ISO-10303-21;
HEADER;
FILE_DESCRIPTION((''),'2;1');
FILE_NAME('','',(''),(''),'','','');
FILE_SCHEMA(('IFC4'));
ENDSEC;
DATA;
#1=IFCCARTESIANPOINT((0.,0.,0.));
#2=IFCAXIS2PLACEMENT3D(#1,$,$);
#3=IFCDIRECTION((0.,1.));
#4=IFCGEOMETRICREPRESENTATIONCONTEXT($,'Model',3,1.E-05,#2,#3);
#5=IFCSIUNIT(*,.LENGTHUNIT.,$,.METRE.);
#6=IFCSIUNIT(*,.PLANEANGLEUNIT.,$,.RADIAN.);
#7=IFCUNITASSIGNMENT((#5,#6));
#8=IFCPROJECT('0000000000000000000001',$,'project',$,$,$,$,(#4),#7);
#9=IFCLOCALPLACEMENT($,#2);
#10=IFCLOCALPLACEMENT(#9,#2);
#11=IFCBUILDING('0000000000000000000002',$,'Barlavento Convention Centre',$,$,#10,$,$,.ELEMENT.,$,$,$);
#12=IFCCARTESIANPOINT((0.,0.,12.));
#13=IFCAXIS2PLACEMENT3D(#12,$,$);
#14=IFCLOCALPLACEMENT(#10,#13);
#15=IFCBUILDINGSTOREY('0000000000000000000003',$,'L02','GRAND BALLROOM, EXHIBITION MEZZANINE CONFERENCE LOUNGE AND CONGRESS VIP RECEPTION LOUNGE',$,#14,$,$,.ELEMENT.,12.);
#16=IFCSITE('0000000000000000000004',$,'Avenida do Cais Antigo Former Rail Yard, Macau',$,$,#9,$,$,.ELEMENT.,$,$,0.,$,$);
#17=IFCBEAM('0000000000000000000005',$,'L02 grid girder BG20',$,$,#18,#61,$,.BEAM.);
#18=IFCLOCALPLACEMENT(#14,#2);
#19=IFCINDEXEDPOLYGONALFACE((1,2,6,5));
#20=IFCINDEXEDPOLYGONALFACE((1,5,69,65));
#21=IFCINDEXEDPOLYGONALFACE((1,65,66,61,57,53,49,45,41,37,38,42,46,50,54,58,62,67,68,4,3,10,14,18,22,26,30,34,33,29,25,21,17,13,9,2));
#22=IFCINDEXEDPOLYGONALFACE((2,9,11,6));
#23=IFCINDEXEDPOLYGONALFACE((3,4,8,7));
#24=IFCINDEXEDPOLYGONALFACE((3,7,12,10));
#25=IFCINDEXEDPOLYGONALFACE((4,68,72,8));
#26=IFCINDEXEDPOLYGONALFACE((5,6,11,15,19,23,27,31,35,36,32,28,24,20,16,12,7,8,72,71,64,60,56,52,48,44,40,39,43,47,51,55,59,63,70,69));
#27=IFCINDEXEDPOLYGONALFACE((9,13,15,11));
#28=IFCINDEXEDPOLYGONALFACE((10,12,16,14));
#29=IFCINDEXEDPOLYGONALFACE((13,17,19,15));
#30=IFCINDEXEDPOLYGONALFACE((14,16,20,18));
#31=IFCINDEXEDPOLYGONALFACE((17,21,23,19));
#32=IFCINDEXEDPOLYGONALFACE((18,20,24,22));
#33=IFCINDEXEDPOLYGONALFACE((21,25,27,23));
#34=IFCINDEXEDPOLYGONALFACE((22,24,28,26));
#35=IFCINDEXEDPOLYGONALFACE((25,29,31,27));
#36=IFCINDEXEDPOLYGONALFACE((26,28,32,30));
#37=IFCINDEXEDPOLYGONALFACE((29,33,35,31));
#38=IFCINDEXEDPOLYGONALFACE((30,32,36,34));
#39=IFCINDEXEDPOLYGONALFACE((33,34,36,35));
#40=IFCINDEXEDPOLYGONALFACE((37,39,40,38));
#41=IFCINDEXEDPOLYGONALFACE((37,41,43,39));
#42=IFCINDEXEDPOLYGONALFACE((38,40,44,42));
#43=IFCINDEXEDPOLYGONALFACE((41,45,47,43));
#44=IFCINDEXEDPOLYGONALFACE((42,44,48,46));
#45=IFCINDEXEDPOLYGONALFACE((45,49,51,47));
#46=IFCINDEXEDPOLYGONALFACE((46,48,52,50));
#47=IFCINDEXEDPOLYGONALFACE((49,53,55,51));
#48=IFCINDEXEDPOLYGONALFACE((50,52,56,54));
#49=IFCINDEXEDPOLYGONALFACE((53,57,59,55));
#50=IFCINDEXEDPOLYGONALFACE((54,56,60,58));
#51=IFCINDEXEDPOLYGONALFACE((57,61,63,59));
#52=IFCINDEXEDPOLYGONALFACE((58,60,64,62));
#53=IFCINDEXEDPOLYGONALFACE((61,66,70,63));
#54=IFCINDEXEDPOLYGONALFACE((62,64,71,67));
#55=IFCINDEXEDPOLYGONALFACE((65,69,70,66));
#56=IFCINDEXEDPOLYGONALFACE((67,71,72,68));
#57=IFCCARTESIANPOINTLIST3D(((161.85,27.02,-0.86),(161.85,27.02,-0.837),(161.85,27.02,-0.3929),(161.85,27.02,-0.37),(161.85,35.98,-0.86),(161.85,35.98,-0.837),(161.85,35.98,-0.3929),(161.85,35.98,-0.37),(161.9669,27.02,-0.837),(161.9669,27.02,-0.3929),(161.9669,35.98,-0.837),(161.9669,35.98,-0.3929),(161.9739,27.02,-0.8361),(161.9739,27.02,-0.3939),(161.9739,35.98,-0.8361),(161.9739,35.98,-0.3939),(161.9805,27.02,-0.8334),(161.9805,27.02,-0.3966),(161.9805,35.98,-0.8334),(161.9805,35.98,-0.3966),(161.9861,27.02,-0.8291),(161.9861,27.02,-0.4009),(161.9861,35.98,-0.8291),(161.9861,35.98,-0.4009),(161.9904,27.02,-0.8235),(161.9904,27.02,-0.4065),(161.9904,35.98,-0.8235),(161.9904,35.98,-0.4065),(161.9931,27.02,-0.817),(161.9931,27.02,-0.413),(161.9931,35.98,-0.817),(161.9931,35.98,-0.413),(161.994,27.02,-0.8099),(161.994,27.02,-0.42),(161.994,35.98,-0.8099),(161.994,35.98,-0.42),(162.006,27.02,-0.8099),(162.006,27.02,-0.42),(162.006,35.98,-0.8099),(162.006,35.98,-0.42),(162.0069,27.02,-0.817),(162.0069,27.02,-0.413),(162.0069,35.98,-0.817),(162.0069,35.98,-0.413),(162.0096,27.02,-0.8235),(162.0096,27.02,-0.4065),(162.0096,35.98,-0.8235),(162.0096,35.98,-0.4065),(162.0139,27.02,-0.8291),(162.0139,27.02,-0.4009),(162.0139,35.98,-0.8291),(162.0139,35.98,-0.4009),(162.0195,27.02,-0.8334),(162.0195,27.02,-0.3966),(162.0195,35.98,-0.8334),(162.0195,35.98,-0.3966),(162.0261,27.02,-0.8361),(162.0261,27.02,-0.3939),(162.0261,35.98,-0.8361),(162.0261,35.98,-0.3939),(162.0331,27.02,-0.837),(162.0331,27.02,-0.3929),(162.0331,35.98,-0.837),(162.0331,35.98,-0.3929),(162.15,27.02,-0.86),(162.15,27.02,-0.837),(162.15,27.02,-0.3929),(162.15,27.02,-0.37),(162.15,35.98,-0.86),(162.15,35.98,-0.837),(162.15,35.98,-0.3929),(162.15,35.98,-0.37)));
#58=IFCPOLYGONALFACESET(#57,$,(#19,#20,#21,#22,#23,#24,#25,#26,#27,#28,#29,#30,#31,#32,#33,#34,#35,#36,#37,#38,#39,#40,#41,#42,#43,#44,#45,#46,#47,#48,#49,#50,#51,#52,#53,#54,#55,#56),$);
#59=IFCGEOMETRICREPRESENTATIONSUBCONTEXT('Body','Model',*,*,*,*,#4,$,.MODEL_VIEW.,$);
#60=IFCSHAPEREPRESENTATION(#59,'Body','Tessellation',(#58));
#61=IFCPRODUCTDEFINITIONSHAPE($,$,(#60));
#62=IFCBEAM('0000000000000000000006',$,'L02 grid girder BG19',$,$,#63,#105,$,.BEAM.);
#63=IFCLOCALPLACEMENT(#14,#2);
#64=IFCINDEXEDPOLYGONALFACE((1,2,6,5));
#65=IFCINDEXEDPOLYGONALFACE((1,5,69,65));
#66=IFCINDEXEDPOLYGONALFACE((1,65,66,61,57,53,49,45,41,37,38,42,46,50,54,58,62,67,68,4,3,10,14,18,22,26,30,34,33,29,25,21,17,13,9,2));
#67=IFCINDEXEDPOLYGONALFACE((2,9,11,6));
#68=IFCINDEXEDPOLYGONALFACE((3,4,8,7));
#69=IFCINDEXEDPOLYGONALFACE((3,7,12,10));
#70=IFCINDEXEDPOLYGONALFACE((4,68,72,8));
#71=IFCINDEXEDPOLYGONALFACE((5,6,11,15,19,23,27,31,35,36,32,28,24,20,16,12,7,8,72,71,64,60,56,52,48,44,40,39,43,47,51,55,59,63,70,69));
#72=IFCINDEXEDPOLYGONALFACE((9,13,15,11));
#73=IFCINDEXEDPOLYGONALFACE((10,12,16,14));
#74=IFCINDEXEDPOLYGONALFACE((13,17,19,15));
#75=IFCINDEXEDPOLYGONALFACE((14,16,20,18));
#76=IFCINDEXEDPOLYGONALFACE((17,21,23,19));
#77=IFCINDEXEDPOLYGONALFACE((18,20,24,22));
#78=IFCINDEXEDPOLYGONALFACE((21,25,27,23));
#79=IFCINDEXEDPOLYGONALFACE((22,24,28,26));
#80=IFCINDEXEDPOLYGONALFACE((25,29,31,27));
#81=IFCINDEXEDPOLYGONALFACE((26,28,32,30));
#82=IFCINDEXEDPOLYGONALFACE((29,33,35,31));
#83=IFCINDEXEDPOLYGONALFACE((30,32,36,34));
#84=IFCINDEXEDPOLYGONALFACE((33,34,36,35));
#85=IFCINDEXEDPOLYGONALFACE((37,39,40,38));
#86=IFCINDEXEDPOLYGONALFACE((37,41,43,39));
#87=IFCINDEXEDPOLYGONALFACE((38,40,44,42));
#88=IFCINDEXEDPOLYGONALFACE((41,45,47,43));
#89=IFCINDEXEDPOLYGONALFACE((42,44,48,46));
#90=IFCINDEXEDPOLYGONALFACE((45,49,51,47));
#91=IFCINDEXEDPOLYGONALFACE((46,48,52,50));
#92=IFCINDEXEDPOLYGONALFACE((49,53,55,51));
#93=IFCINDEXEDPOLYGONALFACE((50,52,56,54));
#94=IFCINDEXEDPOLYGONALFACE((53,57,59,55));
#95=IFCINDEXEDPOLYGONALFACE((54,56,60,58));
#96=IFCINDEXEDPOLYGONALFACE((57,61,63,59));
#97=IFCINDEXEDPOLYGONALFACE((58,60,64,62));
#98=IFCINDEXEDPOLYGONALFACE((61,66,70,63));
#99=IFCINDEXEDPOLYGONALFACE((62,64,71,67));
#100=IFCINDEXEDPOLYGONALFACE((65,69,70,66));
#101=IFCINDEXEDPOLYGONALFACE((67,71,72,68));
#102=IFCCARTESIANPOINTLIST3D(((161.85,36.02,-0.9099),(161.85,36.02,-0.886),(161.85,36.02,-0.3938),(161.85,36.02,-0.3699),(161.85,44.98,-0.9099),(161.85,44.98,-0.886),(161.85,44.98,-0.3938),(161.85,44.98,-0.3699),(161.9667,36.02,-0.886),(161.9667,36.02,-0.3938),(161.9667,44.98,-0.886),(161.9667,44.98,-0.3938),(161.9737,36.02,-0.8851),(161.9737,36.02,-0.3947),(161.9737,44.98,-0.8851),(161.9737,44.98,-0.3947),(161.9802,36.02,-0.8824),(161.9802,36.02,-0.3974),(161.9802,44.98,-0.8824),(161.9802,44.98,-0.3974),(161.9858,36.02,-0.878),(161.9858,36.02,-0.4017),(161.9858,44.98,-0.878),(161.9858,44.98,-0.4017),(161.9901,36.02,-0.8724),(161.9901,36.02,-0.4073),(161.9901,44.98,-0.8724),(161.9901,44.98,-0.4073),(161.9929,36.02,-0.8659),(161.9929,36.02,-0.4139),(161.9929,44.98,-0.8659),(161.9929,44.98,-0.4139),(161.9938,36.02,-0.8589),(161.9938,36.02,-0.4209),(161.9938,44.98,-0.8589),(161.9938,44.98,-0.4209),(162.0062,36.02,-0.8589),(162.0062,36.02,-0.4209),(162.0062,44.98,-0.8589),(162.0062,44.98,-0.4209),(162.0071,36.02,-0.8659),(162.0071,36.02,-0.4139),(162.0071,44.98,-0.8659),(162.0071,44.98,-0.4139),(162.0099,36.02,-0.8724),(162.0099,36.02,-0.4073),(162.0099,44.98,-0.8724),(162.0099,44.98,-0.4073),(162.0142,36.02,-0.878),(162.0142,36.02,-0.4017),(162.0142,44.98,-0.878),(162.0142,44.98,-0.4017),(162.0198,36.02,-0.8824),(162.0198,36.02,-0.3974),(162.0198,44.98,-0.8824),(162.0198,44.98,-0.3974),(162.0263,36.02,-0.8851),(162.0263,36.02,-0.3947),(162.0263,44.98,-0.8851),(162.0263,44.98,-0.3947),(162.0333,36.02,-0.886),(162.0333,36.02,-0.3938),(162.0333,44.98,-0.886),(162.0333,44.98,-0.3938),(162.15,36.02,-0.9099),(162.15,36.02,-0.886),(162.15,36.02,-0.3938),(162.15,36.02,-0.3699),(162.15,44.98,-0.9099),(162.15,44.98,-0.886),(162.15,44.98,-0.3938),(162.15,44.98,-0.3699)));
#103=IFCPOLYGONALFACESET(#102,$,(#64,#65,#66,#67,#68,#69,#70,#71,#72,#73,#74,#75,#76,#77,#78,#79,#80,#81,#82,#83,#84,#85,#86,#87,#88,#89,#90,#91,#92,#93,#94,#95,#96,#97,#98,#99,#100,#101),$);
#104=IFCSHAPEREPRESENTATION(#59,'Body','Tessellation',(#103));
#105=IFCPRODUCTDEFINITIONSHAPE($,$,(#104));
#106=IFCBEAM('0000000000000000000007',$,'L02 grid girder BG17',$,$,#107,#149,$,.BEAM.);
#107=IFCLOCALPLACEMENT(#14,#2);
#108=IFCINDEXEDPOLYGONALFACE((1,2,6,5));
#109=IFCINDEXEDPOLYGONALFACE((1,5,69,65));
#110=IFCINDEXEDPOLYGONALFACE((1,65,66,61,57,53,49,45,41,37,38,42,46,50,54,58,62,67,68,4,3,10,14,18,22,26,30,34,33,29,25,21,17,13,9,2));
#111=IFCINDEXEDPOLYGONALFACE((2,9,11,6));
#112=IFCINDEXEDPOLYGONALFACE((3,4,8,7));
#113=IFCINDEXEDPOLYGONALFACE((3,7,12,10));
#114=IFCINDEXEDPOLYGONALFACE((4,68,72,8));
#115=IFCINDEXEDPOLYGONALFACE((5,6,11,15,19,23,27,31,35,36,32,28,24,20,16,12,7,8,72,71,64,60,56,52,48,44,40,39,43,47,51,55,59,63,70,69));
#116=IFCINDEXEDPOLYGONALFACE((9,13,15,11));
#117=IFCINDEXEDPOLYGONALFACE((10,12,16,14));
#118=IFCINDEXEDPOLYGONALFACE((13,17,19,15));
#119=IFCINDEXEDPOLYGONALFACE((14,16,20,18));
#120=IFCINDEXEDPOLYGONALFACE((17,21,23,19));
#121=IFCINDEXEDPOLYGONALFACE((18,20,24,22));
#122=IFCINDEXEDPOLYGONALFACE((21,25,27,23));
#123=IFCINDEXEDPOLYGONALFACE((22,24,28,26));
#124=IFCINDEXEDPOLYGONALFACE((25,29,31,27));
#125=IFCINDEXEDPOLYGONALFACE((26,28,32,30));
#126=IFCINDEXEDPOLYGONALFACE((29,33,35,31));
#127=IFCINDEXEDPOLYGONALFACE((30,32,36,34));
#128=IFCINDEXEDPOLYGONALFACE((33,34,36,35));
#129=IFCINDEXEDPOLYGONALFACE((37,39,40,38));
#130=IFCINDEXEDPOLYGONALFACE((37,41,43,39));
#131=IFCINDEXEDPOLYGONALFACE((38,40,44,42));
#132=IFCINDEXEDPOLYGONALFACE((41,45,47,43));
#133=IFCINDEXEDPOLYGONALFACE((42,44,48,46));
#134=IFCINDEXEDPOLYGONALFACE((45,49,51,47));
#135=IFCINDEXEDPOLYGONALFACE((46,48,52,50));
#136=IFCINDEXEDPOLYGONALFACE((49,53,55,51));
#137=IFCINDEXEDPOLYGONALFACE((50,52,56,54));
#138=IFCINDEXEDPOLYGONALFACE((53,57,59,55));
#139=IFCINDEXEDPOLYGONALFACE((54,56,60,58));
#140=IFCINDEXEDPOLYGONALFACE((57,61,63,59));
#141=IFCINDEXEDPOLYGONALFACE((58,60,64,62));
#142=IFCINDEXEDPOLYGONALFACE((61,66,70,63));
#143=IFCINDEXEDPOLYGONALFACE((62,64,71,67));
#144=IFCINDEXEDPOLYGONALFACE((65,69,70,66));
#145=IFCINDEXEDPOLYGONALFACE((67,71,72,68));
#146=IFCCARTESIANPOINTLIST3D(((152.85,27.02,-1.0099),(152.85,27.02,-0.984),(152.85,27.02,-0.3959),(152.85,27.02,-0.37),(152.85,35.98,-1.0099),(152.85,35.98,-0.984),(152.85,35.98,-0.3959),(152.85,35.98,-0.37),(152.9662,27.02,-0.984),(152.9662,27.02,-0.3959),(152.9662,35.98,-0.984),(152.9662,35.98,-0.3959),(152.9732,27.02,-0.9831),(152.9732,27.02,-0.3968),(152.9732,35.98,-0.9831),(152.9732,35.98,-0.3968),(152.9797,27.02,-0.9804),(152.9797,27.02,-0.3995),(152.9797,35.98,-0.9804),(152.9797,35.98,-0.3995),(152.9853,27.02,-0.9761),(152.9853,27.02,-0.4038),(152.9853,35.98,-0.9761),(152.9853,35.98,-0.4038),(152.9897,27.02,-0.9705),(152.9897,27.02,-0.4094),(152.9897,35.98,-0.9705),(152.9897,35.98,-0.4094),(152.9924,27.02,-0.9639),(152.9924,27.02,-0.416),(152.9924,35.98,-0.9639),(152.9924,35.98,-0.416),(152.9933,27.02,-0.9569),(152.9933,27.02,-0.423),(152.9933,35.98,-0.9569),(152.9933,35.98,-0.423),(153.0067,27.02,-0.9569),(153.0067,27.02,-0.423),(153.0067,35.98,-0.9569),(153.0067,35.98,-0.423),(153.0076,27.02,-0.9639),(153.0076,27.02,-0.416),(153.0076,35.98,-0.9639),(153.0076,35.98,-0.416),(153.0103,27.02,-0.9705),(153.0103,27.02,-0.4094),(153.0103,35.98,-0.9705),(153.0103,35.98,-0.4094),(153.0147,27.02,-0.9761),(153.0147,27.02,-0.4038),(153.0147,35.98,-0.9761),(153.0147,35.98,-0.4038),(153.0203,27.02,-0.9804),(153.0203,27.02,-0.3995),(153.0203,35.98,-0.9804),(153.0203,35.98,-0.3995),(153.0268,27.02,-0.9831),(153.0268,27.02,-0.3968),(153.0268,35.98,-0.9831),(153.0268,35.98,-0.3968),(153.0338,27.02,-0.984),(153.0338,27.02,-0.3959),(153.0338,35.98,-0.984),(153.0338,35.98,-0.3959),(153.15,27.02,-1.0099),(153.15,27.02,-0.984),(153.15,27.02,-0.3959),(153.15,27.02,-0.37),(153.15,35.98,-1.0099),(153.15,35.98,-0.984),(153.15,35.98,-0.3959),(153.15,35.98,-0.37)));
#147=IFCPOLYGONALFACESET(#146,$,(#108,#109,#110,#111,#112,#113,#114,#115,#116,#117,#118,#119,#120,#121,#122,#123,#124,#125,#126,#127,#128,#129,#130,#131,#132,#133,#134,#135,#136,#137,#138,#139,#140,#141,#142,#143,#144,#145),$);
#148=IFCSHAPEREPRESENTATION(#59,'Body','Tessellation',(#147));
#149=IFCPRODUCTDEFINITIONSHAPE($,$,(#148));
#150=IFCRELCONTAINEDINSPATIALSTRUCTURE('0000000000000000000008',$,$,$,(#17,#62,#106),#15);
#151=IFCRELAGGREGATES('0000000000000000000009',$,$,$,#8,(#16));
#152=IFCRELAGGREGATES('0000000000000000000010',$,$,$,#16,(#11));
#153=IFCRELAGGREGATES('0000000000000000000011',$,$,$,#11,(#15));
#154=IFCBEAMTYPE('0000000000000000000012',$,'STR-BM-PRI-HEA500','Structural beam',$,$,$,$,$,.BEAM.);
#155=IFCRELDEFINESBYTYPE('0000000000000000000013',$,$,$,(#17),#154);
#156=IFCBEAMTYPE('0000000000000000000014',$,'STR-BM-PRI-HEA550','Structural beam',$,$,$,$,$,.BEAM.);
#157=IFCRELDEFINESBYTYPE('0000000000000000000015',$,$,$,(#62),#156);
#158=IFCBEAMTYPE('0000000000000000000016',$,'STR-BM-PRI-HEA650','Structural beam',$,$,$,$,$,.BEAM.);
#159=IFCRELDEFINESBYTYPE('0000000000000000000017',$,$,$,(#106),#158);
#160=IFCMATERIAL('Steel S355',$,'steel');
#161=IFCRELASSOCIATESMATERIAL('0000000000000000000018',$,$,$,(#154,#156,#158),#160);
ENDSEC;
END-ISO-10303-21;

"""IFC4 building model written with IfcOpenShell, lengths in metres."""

from ifc_helpers import new_model, si_unit, direction, frame, origin, origin_2d, place, context, subcontext, project, spatial, i_section, extrude, material, material_profile, profile_set, type_object, element, save


model = new_model("IFC4")

# Units and contexts
model_context = context("Model", 3, precision=1e-05, world=origin(), true_north=direction((0.0, 1.0)))
body_context = subcontext(model_context, "Body", "Model", "MODEL_VIEW")
ifc_project = project(units=[si_unit("LENGTHUNIT", "METRE"), si_unit("PLANEANGLEUNIT", "RADIAN")], contexts=[model_context])

# Site, building, storey
site_placement = place(None, origin())
site = spatial("IfcSite", under=ifc_project, at=site_placement, Name="Avenida do Cais Antigo Former Rail Yard, Macau", CompositionType="ELEMENT", RefElevation=0.0)
building_placement = place(site_placement, origin())
building = spatial("IfcBuilding", under=site, at=building_placement, Name="Barlavento Convention Centre", CompositionType="ELEMENT")
storey_placement = place(building_placement, frame((0.0, 0.0, 12.0)))
storey = spatial("IfcBuildingStorey", under=building, at=storey_placement, Name="L02", Description="GRAND BALLROOM, EXHIBITION MEZZANINE CONFERENCE LOUNGE AND CONGRESS VIP RECEPTION LOUNGE", CompositionType="ELEMENT", Elevation=12.0)

# Shared definitions
ifc_material_1 = material(Name="Steel S355", Category="steel")

# Beams
ifc_material_profile_1 = material_profile(ifc_material_1, i_section(OverallWidth=0.3, OverallDepth=0.49, WebThickness=0.012, FlangeThickness=0.0229, FilletRadius=0.0271, at=origin_2d()), Name="HEA 500")
ifc_profile_set_1 = profile_set([ifc_material_profile_1], Name="Steel S355")
beam_type_1 = type_object("IfcBeamType", Name="STR-BM-PRI-HEA500", Description="Structural beam", PredefinedType="BEAM", material=ifc_profile_set_1)
beam_1_placement = place(storey_placement, frame((162.0, 27.02, -0.615), z_axis=(0.0, 1.0, 0.0), x_axis=(-1.0, 0.0, 0.0)))
element("IfcBeam", 1, at=beam_1_placement, inside=storey, type_object=beam_type_1, Name="L02 grid girder BG20", PredefinedType="BEAM", context=body_context, shape_type="SweptSolid", body=[
    extrude(i_section(OverallWidth=0.3, OverallDepth=0.49, WebThickness=0.012, FlangeThickness=0.0229, FilletRadius=0.0271, at=origin_2d()), origin(), (0.0, 0.0, 1.0), 8.96),
])
ifc_material_profile_2 = material_profile(ifc_material_1, i_section(OverallWidth=0.3, OverallDepth=0.54, WebThickness=0.0125, FlangeThickness=0.0239, FilletRadius=0.0271, at=origin_2d()), Name="HEA 550")
ifc_profile_set_2 = profile_set([ifc_material_profile_2], Name="Steel S355")
beam_type_2 = type_object("IfcBeamType", Name="STR-BM-PRI-HEA550", Description="Structural beam", PredefinedType="BEAM", material=ifc_profile_set_2)
beam_2_placement = place(storey_placement, frame((162.0, 36.02, -0.6399), z_axis=(0.0, 1.0, 0.0), x_axis=(-1.0, 0.0, 0.0)))
element("IfcBeam", 2, at=beam_2_placement, inside=storey, type_object=beam_type_2, Name="L02 grid girder BG19", PredefinedType="BEAM", context=body_context, shape_type="SweptSolid", body=[
    extrude(i_section(OverallWidth=0.3, OverallDepth=0.54, WebThickness=0.0125, FlangeThickness=0.0239, FilletRadius=0.0271, at=origin_2d()), origin(), (0.0, 0.0, 1.0), 8.96),
])
ifc_material_profile_3 = material_profile(ifc_material_1, i_section(OverallWidth=0.3, OverallDepth=0.6399, WebThickness=0.0134, FlangeThickness=0.0259, FilletRadius=0.0271, at=origin_2d()), Name="HEA 650")
ifc_profile_set_3 = profile_set([ifc_material_profile_3], Name="Steel S355")
beam_type_3 = type_object("IfcBeamType", Name="STR-BM-PRI-HEA650", Description="Structural beam", PredefinedType="BEAM", material=ifc_profile_set_3)
beam_3_placement = place(storey_placement, frame((153.0, 27.02, -0.6899), z_axis=(0.0, 1.0, 0.0), x_axis=(-1.0, 0.0, 0.0)))
element("IfcBeam", 3, at=beam_3_placement, inside=storey, type_object=beam_type_3, Name="L02 grid girder BG17", PredefinedType="BEAM", context=body_context, shape_type="SweptSolid", body=[
    extrude(i_section(OverallWidth=0.3, OverallDepth=0.6399, WebThickness=0.0134, FlangeThickness=0.0259, FilletRadius=0.0271, at=origin_2d()), origin(), (0.0, 0.0, 1.0), 8.96),
])

save(model, "model.ifc")
